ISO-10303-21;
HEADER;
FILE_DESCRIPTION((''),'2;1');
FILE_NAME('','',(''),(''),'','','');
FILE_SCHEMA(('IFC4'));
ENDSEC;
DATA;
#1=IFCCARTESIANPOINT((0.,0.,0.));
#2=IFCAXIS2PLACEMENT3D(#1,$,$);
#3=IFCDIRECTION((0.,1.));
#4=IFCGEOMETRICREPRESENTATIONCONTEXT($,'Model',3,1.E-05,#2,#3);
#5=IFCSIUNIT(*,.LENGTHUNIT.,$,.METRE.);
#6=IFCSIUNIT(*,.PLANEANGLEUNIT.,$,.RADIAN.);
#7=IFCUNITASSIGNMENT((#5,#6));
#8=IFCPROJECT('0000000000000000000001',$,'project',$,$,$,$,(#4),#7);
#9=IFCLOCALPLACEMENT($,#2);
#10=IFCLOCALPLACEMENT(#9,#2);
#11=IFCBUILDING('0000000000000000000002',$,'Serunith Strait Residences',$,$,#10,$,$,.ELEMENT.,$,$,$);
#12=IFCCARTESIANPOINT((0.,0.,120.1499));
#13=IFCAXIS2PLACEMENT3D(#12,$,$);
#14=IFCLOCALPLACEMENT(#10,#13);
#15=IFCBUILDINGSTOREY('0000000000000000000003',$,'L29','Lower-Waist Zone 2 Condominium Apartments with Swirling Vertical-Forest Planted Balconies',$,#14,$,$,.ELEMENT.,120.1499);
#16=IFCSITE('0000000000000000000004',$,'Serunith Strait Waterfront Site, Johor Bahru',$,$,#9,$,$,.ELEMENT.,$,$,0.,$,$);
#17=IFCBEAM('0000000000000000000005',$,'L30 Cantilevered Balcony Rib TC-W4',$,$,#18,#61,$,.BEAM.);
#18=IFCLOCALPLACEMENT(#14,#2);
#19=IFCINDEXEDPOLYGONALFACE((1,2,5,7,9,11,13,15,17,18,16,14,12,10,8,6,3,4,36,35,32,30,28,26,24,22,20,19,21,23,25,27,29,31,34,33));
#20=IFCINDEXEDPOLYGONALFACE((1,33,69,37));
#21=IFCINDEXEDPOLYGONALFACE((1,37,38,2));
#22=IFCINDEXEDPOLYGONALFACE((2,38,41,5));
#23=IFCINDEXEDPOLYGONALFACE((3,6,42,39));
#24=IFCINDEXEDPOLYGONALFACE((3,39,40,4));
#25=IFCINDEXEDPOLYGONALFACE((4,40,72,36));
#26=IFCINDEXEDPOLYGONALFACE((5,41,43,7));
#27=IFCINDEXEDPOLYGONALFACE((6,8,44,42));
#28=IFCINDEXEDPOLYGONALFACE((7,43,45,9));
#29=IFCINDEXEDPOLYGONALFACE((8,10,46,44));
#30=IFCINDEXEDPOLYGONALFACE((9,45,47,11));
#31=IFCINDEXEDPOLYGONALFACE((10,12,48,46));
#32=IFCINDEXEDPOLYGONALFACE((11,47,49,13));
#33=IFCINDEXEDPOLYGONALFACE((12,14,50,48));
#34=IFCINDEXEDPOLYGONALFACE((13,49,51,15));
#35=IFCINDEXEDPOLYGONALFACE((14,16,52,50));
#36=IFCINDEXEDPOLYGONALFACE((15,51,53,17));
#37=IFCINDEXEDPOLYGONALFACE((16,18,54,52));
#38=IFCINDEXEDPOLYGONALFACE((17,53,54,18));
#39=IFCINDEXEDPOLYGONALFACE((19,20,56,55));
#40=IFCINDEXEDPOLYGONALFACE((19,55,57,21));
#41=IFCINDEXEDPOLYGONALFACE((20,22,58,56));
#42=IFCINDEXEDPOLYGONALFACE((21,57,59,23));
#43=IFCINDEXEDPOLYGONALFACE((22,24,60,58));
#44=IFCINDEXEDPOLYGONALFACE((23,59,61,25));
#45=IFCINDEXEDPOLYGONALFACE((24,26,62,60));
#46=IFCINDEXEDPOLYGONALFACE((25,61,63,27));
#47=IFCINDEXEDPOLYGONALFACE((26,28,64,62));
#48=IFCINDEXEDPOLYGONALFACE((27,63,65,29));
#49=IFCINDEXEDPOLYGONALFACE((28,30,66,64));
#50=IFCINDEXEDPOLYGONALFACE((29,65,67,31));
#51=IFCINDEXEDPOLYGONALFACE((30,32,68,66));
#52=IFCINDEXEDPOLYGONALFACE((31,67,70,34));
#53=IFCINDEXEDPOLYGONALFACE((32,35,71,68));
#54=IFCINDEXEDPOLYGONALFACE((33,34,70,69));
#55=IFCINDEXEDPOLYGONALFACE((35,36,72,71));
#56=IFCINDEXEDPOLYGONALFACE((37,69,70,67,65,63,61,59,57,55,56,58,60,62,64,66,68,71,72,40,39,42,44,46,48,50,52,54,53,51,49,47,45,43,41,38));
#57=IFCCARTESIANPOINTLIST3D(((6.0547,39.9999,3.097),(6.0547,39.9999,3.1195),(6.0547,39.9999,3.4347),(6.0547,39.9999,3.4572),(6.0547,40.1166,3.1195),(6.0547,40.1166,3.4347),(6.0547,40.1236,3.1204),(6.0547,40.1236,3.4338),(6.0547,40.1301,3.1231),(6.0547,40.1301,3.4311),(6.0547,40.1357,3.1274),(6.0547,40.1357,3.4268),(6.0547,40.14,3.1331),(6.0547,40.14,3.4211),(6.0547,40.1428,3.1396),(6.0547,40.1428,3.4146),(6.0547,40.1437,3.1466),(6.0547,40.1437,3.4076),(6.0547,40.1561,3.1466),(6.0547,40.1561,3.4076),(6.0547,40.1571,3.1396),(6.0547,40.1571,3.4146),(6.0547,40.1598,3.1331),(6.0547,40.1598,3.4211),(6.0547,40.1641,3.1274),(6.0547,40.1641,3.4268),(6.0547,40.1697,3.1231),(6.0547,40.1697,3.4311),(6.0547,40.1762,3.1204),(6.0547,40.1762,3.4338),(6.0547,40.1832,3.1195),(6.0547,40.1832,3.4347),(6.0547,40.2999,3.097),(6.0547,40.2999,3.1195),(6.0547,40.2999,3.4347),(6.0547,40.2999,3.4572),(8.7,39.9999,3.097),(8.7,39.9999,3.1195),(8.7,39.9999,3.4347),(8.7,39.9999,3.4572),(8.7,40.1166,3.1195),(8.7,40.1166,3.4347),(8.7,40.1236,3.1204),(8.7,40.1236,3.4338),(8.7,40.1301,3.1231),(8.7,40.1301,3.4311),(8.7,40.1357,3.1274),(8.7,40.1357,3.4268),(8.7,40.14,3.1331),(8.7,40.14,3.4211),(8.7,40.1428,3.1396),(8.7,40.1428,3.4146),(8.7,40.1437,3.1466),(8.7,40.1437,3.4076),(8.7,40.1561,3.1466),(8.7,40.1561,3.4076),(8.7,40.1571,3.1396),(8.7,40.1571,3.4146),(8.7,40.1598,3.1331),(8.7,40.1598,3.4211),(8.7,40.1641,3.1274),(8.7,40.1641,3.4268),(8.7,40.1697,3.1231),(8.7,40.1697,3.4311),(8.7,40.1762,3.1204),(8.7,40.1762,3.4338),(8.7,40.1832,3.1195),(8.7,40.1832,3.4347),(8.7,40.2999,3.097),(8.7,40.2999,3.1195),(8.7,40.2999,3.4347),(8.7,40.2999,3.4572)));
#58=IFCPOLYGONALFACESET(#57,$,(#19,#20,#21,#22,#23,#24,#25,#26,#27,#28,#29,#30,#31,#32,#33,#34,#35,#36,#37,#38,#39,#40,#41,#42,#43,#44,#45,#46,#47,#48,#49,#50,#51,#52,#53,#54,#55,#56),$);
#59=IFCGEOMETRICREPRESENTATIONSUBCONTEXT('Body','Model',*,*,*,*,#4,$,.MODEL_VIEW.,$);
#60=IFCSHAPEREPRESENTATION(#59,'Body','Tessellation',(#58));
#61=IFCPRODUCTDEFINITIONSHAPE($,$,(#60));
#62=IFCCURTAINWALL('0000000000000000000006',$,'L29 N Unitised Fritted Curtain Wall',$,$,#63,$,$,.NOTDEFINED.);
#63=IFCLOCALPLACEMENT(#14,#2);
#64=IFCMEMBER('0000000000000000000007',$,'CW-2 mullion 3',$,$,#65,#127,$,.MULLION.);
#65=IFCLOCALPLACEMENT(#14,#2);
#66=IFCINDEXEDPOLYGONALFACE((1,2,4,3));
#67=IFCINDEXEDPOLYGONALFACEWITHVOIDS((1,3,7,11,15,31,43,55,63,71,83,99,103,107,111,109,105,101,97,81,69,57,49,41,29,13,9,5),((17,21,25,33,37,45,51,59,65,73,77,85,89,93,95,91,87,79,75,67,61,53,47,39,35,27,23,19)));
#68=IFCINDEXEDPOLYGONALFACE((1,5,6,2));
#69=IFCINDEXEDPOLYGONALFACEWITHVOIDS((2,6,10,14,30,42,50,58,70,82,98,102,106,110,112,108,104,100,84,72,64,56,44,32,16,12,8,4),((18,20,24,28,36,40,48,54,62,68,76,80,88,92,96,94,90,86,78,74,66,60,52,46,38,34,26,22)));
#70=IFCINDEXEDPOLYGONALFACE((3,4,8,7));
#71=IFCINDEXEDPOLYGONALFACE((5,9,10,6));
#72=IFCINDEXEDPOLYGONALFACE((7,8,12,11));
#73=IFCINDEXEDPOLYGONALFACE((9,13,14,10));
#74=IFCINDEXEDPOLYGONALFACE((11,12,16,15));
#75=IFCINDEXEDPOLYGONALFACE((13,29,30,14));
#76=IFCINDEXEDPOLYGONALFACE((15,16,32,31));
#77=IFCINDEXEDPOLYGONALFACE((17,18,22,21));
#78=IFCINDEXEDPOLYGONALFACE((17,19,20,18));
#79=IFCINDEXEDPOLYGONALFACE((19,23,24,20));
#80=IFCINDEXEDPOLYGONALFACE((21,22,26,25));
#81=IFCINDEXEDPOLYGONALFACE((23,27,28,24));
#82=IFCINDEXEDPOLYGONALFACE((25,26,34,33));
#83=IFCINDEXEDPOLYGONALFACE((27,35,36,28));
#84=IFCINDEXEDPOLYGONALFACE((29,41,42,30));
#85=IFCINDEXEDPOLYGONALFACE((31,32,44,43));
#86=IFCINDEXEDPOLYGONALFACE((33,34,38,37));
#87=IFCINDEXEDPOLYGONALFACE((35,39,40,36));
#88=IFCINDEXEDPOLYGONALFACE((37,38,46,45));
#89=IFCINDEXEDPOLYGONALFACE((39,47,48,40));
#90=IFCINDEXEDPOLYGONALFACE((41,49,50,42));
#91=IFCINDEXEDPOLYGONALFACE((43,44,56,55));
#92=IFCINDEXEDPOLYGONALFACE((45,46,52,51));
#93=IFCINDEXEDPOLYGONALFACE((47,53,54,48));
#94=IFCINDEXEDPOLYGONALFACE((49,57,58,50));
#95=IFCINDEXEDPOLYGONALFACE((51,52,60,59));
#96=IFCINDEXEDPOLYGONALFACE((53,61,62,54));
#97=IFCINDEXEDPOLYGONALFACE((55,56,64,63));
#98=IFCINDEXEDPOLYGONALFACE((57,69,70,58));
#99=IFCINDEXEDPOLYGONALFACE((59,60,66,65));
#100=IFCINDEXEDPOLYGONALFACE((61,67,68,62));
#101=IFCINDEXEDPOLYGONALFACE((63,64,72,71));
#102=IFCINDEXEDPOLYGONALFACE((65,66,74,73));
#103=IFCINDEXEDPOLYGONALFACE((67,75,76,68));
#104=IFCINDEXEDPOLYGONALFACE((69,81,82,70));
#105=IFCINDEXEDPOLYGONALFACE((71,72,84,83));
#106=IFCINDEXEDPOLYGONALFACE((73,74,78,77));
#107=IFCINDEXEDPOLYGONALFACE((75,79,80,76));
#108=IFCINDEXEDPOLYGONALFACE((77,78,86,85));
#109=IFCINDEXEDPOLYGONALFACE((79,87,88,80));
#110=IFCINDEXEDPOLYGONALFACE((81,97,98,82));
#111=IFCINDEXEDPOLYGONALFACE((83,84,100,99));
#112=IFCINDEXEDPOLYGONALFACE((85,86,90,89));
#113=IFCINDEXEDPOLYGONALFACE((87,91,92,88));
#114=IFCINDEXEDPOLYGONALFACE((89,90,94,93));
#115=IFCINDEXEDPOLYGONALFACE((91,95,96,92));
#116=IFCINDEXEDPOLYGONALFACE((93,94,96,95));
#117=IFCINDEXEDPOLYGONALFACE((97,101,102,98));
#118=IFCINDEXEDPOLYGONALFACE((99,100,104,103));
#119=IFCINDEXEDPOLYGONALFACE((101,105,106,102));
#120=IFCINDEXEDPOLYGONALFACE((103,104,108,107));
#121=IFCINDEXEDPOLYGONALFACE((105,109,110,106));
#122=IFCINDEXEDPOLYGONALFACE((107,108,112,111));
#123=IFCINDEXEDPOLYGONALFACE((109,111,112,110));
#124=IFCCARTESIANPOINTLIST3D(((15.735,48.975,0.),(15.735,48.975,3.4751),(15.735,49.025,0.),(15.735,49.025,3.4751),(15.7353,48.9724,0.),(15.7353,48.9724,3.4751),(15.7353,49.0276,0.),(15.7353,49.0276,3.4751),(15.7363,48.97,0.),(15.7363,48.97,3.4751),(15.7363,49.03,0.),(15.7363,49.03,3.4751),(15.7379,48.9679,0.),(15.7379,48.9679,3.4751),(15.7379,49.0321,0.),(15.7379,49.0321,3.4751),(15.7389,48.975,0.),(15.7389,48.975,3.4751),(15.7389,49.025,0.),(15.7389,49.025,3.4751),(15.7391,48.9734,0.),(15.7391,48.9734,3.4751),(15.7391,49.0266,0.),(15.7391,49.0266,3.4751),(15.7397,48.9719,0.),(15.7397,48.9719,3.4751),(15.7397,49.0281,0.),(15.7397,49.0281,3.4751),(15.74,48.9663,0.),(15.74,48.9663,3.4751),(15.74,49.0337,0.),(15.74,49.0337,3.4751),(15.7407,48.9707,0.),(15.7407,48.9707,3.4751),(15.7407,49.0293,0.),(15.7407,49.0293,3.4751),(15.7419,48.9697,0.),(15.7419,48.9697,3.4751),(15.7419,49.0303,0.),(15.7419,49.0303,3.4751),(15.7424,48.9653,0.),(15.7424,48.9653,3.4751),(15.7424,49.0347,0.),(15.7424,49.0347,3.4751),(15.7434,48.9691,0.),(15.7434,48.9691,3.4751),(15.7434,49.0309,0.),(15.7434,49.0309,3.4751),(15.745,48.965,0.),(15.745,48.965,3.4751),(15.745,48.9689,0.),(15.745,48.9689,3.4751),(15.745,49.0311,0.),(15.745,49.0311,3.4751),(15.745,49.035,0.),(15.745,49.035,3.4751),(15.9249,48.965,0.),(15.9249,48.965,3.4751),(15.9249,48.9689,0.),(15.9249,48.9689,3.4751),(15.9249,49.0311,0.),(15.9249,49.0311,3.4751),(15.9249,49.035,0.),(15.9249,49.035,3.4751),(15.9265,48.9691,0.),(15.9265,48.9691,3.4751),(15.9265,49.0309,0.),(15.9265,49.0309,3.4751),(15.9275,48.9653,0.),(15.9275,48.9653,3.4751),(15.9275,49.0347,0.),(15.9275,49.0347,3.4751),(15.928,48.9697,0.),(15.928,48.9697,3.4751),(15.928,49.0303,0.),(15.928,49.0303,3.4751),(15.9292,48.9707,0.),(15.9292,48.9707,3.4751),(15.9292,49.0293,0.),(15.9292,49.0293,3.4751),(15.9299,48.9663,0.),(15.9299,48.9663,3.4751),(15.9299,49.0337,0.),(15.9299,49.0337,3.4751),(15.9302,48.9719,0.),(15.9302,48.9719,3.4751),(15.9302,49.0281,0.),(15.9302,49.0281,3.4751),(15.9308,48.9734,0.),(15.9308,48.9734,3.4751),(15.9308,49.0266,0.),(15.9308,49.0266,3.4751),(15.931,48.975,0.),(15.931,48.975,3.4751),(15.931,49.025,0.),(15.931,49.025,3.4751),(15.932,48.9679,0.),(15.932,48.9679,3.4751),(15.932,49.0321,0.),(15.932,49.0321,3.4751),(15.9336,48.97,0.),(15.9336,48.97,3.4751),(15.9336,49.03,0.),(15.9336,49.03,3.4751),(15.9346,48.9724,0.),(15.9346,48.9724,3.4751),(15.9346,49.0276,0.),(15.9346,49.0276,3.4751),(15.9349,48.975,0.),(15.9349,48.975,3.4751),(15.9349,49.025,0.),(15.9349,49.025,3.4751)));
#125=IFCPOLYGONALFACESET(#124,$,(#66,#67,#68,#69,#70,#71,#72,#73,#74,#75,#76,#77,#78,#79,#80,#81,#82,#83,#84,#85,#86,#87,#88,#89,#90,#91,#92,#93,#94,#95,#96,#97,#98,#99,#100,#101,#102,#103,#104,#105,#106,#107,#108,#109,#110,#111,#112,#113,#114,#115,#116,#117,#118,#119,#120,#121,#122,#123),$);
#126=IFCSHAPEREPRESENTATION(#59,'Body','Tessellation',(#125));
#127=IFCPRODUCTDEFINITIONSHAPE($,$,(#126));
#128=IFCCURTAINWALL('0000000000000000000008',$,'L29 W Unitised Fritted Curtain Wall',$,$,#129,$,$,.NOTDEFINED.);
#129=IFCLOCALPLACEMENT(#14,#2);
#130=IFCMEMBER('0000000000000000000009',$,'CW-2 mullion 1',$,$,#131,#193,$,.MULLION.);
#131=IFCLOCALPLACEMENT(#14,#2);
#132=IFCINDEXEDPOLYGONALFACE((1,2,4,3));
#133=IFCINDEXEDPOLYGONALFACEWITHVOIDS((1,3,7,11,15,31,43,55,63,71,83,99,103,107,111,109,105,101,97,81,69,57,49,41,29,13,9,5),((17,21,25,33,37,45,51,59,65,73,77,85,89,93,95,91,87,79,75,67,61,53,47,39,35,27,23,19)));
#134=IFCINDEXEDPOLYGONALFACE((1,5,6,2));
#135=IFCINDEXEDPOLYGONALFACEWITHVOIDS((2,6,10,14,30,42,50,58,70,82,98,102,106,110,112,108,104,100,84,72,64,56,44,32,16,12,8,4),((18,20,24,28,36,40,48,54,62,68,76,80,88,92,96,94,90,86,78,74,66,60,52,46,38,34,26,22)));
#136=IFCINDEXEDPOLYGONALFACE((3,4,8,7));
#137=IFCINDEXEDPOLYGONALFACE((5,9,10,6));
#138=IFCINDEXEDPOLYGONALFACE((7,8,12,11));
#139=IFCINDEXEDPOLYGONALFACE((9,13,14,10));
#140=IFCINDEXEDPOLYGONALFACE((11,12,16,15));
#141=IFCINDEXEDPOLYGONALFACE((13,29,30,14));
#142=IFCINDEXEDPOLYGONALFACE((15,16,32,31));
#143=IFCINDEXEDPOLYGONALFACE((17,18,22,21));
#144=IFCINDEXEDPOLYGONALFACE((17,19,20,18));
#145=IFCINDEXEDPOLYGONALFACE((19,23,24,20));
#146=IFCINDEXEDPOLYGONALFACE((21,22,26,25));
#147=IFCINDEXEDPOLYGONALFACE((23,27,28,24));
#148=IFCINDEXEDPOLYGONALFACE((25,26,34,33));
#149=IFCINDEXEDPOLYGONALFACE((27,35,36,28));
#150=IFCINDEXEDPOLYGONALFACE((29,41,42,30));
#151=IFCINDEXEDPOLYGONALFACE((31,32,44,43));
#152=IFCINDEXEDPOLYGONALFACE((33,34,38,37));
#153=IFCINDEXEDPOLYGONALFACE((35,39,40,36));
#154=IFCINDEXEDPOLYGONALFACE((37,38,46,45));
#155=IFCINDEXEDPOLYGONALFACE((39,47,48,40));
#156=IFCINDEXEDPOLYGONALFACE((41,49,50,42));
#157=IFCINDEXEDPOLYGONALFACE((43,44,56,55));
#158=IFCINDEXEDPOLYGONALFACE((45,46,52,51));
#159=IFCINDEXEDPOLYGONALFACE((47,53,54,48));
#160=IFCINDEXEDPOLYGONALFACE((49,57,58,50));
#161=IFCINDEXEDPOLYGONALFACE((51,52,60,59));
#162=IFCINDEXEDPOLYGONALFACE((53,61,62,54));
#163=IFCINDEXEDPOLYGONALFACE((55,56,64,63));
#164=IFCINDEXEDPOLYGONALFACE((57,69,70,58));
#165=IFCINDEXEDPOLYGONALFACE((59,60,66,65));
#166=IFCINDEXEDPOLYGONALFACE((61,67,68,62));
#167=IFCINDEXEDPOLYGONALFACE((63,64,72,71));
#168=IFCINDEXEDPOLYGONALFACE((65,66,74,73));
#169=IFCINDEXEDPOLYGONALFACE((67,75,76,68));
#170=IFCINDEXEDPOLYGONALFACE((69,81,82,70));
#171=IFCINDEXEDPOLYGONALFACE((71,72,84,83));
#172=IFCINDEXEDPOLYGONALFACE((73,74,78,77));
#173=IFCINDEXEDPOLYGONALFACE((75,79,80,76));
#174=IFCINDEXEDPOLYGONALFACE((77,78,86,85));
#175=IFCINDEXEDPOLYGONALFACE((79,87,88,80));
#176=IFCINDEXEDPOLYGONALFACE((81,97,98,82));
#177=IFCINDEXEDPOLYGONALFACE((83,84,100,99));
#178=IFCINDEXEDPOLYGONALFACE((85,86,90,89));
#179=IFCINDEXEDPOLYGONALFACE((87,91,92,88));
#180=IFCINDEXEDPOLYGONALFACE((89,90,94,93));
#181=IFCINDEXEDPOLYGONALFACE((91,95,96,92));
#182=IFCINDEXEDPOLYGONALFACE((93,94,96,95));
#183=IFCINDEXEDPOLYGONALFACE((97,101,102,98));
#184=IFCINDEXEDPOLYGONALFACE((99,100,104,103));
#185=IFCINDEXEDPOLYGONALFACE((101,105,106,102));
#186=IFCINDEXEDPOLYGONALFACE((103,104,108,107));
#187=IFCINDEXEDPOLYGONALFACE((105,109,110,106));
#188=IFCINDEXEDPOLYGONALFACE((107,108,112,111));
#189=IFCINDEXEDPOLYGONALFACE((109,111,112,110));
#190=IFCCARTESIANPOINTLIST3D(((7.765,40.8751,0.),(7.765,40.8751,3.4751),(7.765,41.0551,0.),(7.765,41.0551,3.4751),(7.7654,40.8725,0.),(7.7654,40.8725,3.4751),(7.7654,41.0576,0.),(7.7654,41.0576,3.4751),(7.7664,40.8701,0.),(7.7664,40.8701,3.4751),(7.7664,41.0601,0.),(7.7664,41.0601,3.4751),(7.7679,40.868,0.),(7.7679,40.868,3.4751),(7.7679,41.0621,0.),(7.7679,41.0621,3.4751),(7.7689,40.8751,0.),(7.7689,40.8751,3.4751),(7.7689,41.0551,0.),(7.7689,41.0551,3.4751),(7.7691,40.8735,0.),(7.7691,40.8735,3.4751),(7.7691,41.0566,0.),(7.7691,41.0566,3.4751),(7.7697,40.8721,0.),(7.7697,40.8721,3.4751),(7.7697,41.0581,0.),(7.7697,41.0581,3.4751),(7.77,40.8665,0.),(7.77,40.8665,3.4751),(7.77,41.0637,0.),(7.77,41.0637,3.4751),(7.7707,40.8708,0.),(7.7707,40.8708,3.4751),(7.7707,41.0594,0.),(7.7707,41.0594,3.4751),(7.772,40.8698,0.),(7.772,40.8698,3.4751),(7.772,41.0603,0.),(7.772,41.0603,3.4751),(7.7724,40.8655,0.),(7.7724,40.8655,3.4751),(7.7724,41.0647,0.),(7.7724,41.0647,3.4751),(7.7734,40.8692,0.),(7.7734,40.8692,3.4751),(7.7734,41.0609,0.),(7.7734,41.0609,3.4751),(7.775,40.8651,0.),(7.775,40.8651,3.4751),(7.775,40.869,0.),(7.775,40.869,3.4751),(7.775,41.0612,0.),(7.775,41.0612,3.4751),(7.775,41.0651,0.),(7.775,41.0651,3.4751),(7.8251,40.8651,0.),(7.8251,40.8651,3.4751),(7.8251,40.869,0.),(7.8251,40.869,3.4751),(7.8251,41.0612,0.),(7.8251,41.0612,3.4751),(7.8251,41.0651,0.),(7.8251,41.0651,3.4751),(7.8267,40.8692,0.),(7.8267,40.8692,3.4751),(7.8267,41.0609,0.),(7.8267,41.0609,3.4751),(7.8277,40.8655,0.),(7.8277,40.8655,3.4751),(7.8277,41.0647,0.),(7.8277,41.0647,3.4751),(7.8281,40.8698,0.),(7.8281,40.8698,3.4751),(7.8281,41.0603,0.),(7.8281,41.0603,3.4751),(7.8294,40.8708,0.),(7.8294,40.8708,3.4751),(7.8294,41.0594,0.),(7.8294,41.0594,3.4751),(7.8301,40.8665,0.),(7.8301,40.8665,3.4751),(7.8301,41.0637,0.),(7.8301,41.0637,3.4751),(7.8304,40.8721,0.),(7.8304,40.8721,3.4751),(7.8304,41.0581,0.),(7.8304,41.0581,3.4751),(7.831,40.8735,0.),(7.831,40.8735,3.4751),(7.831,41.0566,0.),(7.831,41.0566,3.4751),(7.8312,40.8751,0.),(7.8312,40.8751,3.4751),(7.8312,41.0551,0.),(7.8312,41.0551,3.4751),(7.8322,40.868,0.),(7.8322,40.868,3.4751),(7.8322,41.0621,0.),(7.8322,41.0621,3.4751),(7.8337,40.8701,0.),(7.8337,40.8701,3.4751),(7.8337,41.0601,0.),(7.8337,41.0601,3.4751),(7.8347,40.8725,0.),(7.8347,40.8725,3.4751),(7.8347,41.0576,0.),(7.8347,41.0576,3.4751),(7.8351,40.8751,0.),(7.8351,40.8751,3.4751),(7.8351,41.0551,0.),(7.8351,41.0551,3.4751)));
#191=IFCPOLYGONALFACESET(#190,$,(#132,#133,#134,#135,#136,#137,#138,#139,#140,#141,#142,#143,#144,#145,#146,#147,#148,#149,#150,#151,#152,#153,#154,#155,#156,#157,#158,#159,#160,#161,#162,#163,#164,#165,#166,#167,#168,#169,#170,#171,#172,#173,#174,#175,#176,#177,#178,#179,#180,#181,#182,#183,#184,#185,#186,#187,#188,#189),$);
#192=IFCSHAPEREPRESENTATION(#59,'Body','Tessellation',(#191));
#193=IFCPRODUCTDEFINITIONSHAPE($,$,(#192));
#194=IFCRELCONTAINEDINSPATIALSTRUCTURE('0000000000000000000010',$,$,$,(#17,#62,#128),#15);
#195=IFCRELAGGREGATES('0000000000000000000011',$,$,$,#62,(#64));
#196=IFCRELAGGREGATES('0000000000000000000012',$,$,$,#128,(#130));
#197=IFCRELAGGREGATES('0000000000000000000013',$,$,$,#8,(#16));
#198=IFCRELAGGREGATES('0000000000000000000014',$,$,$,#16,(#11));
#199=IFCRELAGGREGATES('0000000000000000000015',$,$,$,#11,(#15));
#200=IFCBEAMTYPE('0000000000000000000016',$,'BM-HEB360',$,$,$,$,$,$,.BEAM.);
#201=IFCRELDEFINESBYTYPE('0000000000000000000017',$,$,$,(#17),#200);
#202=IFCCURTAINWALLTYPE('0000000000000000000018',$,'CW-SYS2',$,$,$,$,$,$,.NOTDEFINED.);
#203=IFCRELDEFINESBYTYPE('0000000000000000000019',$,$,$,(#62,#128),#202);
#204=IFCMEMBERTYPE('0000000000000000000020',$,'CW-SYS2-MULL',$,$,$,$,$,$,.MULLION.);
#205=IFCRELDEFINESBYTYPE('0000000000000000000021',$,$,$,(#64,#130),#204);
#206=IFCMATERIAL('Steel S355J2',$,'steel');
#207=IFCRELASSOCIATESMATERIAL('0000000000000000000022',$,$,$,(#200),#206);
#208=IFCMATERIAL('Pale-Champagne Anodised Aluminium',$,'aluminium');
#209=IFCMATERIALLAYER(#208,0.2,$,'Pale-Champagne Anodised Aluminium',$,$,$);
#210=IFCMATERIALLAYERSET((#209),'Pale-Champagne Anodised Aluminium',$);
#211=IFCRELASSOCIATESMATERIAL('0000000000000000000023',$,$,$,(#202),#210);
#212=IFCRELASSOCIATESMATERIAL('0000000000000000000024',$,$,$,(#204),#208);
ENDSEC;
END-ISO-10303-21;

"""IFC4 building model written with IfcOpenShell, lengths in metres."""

from ifc_helpers import new_model, si_unit, direction, frame, origin, origin_2d, place, context, subcontext, project, spatial, hollow_rectangle, i_section, extrude, source, transform, mapped, material, layer, layer_set, material_profile, profile_set, type_object, element, aggregate, save


model = new_model("IFC4")

# Units and contexts
model_context = context("Model", 3, precision=1e-05, world=origin(), true_north=direction((0.0, 1.0)))
body_context = subcontext(model_context, "Body", "Model", "MODEL_VIEW")
ifc_project = project(units=[si_unit("LENGTHUNIT", "METRE"), si_unit("PLANEANGLEUNIT", "RADIAN")], contexts=[model_context])

# Site, building, storey
site_placement = place(None, origin())
site = spatial("IfcSite", under=ifc_project, at=site_placement, Name="Serunith Strait Waterfront Site, Johor Bahru", CompositionType="ELEMENT", RefElevation=0.0)
building_placement = place(site_placement, origin())
building = spatial("IfcBuilding", under=site, at=building_placement, Name="Serunith Strait Residences", CompositionType="ELEMENT")
storey_placement = place(building_placement, frame((0.0, 0.0, 120.1499)))
storey = spatial("IfcBuildingStorey", under=building, at=storey_placement, Name="L29", Description="Lower-Waist Zone 2 Condominium Apartments with Swirling Vertical-Forest Planted Balconies", CompositionType="ELEMENT", Elevation=120.1499)

# Beam
ifc_material_1 = material(Name="Steel S355J2", Category="steel")
ifc_material_profile_1 = material_profile(ifc_material_1, i_section(OverallWidth=0.3, OverallDepth=0.3601, WebThickness=0.0125, FlangeThickness=0.0225, FilletRadius=0.0271, at=origin_2d()), Name="HEB 360")
ifc_profile_set_1 = profile_set([ifc_material_profile_1], Name="Steel S355J2")
beam_type_1 = type_object("IfcBeamType", Name="BM-HEB360", PredefinedType="BEAM", material=ifc_profile_set_1)
shared_shape_1 = source(origin(), body_context, "Body", "SweptSolid", [
    extrude(i_section(OverallWidth=0.3, OverallDepth=0.3601, WebThickness=0.0125, FlangeThickness=0.0225, FilletRadius=0.0271, at=origin_2d()), origin(), (0.0, 0.0, 1.0), 2.6453),
])
beam_1_placement = place(storey_placement, frame((8.7, 40.1499, 3.2771), z_axis=(-1.0, 0.0, 0.0), x_axis=(0.0, -1.0, 0.0)))
element("IfcBeam", 1, at=beam_1_placement, inside=storey, type_object=beam_type_1, Name="L30 Cantilevered Balcony Rib TC-W4", PredefinedType="BEAM", context=body_context, shape_type="MappedRepresentation", body=[
    mapped(shared_shape_1, transform((0.0, 0.0, 0.0), scale=1.0)),
])

# Curtain wall, member
ifc_material_2 = material(Name="Pale-Champagne Anodised Aluminium", Category="aluminium")
ifc_layer_1 = layer(ifc_material_2, 0.2, Name="Pale-Champagne Anodised Aluminium")
ifc_layer_set_1 = layer_set([ifc_layer_1], Name="Pale-Champagne Anodised Aluminium")
curtain_wall_type = type_object("IfcCurtainWallType", Name="CW-SYS2", PredefinedType="NOTDEFINED", material=ifc_layer_set_1)
curtain_wall_1_placement = place(storey_placement, origin())
curtain_wall_1 = element("IfcCurtainWall", 2, at=curtain_wall_1_placement, inside=storey, type_object=curtain_wall_type, Name="L29 N Unitised Fritted Curtain Wall", PredefinedType="NOTDEFINED")
ifc_material_profile_2 = material_profile(ifc_material_2, hollow_rectangle(XDim=0.0701, YDim=0.2, WallThickness=0.0039, InnerFilletRadius=0.0061, OuterFilletRadius=0.01, at=origin_2d()), Name="ALU 200x70x4")
ifc_profile_set_2 = profile_set([ifc_material_profile_2], Name="Pale-Champagne Anodised Aluminium")
member_type_1 = type_object("IfcMemberType", Name="CW-SYS2-MULL", PredefinedType="MULLION", material=ifc_profile_set_2)
shared_shape_2 = source(origin(), body_context, "Body", "SweptSolid", [
    extrude(hollow_rectangle(XDim=0.0701, YDim=0.2, WallThickness=0.0039, InnerFilletRadius=0.0061, OuterFilletRadius=0.01, at=origin_2d()), origin(), (0.0, 0.0, 1.0), 3.4751),
])
member_1_placement = place(storey_placement, frame((15.835, 49.0, 0.0), z_axis=(0.0, 0.0, 1.0), x_axis=(0.0, -1.0, 0.0)))
member_1 = element("IfcMember", 3, at=member_1_placement, type_object=member_type_1, Name="CW-2 mullion 3", PredefinedType="MULLION", context=body_context, shape_type="MappedRepresentation", body=[
    mapped(shared_shape_2, transform((0.0, 0.0, 0.0), scale=1.0)),
])
aggregate(curtain_wall_1, [member_1])

# Curtain wall, member
curtain_wall_2_placement = place(storey_placement, origin())
curtain_wall_2 = element("IfcCurtainWall", 4, at=curtain_wall_2_placement, inside=storey, type_object=curtain_wall_type, Name="L29 W Unitised Fritted Curtain Wall", PredefinedType="NOTDEFINED")
member_2_placement = place(storey_placement, frame((7.8, 40.9651, 0.0), z_axis=(0.0, 0.0, 1.0), x_axis=(1.0, 0.0, 0.0)))
member_2 = element("IfcMember", 5, at=member_2_placement, type_object=member_type_1, Name="CW-2 mullion 1", PredefinedType="MULLION", context=body_context, shape_type="MappedRepresentation", body=[
    mapped(shared_shape_2, transform((0.0, 0.0, 0.0), scale=1.0)),
])
aggregate(curtain_wall_2, [member_2])

save(model, "model.ifc")
